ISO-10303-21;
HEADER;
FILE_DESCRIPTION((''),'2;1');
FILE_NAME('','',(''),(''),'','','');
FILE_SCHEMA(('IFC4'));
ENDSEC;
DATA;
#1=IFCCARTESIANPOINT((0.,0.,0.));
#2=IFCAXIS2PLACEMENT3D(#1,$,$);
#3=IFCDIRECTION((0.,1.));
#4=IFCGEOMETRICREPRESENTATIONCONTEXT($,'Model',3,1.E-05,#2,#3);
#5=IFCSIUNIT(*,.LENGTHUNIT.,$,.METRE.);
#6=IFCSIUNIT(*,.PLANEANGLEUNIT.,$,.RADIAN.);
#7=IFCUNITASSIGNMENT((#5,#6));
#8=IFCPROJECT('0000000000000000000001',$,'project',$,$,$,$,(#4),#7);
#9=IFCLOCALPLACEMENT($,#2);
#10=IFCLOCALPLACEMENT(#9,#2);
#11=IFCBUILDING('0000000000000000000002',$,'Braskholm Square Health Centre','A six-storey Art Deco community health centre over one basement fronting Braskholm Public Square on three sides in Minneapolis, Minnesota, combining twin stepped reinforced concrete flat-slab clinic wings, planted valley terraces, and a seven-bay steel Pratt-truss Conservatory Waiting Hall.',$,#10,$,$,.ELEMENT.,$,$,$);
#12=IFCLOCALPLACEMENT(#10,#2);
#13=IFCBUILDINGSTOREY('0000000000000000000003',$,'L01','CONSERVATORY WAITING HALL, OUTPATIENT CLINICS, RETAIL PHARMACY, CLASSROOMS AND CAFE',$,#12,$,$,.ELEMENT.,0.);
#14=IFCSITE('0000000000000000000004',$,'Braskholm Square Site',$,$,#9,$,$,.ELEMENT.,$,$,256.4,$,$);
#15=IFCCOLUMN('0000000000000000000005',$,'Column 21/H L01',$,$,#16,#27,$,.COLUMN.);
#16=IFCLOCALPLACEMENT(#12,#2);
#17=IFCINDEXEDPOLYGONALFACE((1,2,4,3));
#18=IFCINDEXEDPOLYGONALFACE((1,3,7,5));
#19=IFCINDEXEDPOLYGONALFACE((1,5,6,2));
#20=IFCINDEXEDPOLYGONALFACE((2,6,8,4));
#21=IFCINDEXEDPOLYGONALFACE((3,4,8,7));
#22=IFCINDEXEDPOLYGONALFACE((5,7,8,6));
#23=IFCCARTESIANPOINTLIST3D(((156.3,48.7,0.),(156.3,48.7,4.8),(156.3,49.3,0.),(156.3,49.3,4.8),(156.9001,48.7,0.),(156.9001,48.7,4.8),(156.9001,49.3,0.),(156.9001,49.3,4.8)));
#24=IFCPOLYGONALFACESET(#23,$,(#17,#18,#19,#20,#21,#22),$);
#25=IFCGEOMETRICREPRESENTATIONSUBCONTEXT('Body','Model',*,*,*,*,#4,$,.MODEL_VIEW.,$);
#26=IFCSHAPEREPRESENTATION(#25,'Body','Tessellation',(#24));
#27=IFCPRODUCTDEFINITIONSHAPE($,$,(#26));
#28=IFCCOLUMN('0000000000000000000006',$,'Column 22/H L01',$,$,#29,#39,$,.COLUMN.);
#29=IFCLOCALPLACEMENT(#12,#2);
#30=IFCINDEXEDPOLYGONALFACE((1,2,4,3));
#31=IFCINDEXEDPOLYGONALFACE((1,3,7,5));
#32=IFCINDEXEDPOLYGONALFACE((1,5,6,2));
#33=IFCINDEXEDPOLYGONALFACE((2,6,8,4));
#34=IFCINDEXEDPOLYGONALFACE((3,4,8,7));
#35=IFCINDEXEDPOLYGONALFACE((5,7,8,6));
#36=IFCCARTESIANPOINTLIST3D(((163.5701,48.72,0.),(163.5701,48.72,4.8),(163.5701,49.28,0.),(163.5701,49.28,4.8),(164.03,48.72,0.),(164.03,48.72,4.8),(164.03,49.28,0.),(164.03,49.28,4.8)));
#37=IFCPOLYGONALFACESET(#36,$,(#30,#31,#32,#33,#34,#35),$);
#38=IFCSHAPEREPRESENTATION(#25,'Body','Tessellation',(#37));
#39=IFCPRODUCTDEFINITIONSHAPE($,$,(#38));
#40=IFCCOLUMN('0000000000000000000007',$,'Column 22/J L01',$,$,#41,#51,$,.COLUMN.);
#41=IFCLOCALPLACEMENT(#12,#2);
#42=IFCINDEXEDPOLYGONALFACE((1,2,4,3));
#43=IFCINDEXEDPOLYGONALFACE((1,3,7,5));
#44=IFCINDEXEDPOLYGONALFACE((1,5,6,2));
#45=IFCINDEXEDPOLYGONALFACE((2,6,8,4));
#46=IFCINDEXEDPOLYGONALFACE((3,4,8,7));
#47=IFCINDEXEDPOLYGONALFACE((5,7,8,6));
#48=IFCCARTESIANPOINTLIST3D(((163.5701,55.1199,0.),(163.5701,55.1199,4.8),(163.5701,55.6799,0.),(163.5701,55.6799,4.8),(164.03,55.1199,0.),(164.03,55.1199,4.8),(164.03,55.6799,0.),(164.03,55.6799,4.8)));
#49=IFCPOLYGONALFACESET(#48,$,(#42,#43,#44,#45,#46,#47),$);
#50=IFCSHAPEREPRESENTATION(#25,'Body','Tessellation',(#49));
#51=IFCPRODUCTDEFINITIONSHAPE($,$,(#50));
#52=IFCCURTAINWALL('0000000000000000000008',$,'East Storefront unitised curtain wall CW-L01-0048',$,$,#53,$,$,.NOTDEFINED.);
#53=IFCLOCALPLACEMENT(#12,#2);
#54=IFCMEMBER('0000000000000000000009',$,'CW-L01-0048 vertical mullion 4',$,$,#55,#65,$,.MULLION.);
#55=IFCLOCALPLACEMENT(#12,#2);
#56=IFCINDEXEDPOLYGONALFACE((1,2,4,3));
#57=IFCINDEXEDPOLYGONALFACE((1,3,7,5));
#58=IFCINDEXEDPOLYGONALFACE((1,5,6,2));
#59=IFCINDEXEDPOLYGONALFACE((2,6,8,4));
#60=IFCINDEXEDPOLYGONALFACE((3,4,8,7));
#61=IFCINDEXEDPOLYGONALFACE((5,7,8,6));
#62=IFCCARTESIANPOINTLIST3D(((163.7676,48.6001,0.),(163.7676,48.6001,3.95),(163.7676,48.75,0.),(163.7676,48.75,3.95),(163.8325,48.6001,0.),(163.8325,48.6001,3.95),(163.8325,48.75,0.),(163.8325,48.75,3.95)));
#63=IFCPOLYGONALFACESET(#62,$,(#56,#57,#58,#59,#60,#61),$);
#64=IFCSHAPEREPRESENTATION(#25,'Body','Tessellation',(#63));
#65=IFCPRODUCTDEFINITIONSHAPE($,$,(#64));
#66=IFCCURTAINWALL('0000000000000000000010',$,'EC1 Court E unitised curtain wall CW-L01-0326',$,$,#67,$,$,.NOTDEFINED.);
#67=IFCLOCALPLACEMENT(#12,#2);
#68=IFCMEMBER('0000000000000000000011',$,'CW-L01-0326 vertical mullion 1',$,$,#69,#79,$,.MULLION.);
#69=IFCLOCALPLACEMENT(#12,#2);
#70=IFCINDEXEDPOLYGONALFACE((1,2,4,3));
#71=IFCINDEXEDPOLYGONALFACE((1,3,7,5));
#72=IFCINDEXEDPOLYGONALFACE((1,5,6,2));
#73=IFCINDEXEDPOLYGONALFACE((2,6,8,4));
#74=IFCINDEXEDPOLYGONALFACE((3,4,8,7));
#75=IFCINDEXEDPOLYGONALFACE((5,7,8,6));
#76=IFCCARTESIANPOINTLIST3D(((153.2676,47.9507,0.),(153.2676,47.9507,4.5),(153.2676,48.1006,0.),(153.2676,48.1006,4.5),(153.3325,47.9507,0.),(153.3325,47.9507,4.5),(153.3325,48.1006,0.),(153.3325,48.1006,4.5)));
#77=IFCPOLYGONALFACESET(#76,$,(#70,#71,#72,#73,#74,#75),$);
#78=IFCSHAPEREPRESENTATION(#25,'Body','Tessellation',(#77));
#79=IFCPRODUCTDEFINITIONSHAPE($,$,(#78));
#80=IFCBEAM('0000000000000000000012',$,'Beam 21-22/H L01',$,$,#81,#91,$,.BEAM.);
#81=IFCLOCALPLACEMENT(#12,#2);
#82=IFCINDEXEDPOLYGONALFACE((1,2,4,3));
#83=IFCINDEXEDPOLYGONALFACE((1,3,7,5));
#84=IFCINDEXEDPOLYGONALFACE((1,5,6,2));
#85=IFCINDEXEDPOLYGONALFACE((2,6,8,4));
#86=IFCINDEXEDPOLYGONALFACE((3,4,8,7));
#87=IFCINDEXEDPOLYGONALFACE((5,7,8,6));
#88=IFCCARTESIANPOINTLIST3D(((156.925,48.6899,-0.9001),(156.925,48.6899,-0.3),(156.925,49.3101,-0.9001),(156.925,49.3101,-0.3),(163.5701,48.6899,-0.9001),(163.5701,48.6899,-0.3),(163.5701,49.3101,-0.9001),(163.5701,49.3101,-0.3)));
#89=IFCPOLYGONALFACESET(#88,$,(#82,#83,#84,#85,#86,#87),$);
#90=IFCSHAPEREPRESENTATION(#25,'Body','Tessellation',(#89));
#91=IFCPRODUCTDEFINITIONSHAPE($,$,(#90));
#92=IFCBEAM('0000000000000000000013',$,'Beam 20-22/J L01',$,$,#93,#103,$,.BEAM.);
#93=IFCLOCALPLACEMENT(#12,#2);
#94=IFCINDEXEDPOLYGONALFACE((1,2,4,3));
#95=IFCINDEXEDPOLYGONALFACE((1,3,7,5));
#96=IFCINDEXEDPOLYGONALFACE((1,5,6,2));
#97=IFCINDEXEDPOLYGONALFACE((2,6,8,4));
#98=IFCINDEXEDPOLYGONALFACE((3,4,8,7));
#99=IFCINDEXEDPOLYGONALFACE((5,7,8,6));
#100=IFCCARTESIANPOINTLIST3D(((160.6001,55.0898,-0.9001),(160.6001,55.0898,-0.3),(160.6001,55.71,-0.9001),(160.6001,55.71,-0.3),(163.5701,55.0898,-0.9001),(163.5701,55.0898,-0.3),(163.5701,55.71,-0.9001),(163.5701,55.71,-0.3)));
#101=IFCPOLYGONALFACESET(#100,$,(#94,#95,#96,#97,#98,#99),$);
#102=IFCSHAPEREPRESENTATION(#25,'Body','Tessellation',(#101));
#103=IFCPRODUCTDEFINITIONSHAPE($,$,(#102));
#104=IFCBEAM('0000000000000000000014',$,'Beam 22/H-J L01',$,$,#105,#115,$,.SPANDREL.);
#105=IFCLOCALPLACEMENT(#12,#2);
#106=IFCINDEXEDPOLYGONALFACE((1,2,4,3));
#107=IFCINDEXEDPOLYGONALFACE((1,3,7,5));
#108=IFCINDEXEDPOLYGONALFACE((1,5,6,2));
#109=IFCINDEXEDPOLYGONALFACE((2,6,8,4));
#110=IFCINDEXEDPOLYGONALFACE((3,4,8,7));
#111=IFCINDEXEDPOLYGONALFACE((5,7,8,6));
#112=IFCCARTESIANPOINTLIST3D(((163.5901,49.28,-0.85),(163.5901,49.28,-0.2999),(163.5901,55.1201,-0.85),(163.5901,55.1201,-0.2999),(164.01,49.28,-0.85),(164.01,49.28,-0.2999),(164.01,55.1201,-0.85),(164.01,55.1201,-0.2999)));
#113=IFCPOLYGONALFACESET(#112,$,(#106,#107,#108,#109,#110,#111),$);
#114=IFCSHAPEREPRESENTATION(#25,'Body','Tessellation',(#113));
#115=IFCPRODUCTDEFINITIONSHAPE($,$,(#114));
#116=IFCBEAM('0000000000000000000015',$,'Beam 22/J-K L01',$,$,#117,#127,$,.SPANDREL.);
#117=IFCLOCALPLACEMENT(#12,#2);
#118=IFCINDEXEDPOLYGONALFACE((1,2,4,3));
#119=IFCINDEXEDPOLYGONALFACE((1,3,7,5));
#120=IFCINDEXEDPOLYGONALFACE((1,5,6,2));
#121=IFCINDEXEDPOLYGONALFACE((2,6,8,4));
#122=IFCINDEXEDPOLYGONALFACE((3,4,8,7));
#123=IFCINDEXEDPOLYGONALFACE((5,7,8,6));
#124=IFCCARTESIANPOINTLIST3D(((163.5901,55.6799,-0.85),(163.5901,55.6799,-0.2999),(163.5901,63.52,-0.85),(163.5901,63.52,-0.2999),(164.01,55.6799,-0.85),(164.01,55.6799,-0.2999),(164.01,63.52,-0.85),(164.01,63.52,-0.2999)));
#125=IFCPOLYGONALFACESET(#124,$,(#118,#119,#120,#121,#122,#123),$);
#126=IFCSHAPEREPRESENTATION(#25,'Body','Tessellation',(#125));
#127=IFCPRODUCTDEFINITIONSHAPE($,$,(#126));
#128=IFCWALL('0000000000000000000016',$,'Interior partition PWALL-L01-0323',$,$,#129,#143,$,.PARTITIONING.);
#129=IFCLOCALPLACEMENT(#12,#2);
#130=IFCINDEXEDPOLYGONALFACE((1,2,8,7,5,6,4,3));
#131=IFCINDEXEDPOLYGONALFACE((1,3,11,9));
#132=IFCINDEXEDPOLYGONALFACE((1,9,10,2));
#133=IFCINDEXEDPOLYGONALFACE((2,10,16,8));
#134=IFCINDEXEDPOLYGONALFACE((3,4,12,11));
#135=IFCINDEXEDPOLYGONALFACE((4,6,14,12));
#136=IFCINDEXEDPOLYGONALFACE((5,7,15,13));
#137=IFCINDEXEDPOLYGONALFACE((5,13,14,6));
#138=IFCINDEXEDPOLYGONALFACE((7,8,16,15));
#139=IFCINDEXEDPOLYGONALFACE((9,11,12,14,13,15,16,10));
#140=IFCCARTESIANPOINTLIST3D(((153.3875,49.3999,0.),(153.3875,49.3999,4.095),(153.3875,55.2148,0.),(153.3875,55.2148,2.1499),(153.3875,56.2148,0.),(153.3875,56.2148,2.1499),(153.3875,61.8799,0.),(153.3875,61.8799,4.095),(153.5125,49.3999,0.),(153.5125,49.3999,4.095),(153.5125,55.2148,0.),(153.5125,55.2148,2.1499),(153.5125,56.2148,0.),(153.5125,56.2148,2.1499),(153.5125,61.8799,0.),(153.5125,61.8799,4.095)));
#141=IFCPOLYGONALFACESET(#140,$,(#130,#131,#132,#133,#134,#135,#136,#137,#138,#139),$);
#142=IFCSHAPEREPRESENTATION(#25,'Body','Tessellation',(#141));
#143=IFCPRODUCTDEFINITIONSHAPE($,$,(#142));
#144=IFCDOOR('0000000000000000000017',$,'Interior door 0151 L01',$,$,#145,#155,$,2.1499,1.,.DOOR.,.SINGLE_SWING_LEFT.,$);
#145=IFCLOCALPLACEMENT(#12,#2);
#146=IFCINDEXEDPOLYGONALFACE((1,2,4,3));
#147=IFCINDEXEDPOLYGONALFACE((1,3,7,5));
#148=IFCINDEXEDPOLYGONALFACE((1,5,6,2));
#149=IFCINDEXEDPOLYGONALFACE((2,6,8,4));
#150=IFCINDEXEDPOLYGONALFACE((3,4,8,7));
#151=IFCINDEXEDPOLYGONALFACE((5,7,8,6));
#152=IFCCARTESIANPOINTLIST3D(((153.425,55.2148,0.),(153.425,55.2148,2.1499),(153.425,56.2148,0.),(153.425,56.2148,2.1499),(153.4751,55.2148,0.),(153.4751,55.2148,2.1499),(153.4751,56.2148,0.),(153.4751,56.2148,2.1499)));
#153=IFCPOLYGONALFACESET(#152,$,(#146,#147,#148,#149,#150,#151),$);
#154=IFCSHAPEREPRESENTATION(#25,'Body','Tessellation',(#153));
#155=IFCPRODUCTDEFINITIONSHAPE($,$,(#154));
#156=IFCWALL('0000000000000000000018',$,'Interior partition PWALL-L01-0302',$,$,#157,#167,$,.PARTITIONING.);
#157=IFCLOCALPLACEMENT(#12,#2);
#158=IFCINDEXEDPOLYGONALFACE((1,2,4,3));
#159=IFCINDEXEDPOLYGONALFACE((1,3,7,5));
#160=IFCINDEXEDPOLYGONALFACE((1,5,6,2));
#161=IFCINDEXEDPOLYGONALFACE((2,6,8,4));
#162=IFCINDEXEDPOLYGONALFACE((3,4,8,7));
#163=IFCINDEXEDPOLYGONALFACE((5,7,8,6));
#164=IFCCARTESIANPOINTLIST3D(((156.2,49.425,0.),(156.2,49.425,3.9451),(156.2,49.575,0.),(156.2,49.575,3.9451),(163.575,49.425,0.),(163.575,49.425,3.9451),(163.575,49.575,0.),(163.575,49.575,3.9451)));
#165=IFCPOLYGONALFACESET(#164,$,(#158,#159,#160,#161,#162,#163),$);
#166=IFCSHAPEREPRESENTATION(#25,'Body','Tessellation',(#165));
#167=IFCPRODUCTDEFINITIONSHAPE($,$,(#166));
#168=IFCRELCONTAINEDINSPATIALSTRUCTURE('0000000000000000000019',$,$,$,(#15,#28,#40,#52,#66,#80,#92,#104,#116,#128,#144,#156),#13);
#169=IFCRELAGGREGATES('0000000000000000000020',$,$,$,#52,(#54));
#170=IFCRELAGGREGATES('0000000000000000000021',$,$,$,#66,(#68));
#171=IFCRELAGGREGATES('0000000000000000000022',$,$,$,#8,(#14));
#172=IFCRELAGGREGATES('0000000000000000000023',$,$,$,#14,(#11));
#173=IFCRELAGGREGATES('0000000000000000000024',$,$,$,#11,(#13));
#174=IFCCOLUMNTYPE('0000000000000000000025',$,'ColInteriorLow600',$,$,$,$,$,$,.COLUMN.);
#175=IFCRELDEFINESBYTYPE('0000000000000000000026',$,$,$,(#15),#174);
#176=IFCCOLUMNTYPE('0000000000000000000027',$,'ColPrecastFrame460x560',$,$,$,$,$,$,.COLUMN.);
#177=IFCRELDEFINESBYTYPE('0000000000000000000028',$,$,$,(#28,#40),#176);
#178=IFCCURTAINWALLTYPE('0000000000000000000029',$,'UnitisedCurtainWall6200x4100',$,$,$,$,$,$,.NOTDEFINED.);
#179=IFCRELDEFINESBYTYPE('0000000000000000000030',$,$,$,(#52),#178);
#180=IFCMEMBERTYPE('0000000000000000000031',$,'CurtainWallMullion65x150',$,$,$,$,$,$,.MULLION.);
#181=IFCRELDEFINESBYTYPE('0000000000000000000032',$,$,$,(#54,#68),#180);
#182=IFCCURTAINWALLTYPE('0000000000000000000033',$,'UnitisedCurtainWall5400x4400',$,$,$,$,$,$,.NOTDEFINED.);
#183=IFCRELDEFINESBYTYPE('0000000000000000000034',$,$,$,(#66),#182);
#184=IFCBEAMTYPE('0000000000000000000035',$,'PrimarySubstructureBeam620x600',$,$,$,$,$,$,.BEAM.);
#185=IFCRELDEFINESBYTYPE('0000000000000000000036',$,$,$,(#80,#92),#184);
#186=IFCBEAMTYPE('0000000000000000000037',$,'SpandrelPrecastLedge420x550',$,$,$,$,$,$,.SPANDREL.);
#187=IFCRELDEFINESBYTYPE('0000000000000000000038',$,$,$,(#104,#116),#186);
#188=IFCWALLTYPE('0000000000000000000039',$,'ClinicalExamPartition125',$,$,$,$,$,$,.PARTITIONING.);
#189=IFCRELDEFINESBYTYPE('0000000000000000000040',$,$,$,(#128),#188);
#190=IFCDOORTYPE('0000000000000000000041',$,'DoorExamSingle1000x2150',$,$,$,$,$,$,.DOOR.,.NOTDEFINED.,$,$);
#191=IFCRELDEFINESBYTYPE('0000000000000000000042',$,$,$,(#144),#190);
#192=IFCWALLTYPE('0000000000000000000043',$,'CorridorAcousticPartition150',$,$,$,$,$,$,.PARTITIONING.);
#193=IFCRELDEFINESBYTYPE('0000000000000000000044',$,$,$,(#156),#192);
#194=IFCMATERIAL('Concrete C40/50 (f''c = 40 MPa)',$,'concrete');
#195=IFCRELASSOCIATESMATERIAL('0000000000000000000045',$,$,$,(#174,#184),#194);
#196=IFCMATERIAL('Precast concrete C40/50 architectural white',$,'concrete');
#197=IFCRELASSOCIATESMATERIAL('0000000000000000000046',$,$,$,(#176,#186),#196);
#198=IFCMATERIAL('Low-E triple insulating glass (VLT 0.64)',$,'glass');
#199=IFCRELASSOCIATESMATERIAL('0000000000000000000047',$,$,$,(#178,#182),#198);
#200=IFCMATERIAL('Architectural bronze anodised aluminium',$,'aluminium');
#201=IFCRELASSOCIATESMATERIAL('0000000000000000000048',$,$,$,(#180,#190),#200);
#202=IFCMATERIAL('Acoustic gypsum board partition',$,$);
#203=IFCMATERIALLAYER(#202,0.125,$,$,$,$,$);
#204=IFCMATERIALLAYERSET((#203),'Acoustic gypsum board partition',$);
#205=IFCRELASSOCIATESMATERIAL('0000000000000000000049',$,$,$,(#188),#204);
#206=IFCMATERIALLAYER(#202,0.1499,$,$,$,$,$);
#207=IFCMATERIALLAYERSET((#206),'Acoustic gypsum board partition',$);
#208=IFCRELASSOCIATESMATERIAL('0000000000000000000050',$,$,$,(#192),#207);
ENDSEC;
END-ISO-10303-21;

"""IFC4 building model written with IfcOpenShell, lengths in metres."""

from ifc_helpers import new_model, si_unit, direction, frame, frame_2d, origin, origin_with_axes, origin_2d, place, context, subcontext, project, spatial, rectangle, extrude, material, layer, layer_set, material_profile, profile_set, type_object, element, fill, aggregate, save


model = new_model("IFC4")

# Units and contexts
model_context = context("Model", 3, precision=1e-05, world=origin(), true_north=direction((0.0, 1.0)))
body_context = subcontext(model_context, "Body", "Model", "MODEL_VIEW")
ifc_project = project(units=[si_unit("LENGTHUNIT", "METRE"), si_unit("PLANEANGLEUNIT", "RADIAN")], contexts=[model_context])

# Site, building, storey
site_placement = place(None, origin())
site = spatial("IfcSite", under=ifc_project, at=site_placement, Name="Braskholm Square Site", CompositionType="ELEMENT", RefElevation=256.4)
building_placement = place(site_placement, origin())
building = spatial("IfcBuilding", under=site, at=building_placement, Name="Braskholm Square Health Centre", Description="A six-storey Art Deco community health centre over one basement fronting Braskholm Public Square on three sides in Minneapolis, Minnesota, combining twin stepped reinforced concrete flat-slab clinic wings, planted valley terraces, and a seven-bay steel Pratt-truss Conservatory Waiting Hall.", CompositionType="ELEMENT")
storey_placement = place(building_placement, origin())
storey = spatial("IfcBuildingStorey", under=building, at=storey_placement, Name="L01", Description="CONSERVATORY WAITING HALL, OUTPATIENT CLINICS, RETAIL PHARMACY, CLASSROOMS AND CAFE", CompositionType="ELEMENT", Elevation=0.0)

# Columns
ifc_material_1 = material(Name="Concrete C40/50 (f'c = 40 MPa)", Category="concrete")
ifc_material_profile_1 = material_profile(ifc_material_1, rectangle(XDim=0.6001, YDim=0.6001, at=origin_2d()), Name="RC-600X600")
ifc_profile_set_1 = profile_set([ifc_material_profile_1], Name="Concrete C40/50 (f'c = 40 MPa)")
column_type_1 = type_object("IfcColumnType", Name="ColInteriorLow600", PredefinedType="COLUMN", material=ifc_profile_set_1)
column_placement = place(storey_placement, frame((156.6001, 49.0, 0.0), z_axis=(0.0, 0.0, 1.0), x_axis=(1.0, 0.0, 0.0)))
element("IfcColumn", 1, at=column_placement, inside=storey, type_object=column_type_1, Name="Column 21/H L01", PredefinedType="COLUMN", context=body_context, shape_type="SweptSolid", body=[
    extrude(rectangle(XDim=0.6001, YDim=0.6001, at=origin_2d()), origin(), (0.0, 0.0, 1.0), 4.8),
])
ifc_material_2 = material(Name="Precast concrete C40/50 architectural white", Category="concrete")
ifc_material_profile_2 = material_profile(ifc_material_2, rectangle(XDim=0.46, YDim=0.5601, at=origin_2d()), Name="RC-460X560")
ifc_profile_set_2 = profile_set([ifc_material_profile_2], Name="Precast concrete C40/50 architectural white")
column_type_2 = type_object("IfcColumnType", Name="ColPrecastFrame460x560", PredefinedType="COLUMN", material=ifc_profile_set_2)
for number, where, z_axis, x_axis, name in (
    (2, (163.8, 49.0, 0.0), (0.0, 0.0, 1.0), (1.0, 0.0, 0.0), "Column 22/H L01"),
    (3, (163.8, 55.3999, 0.0), (0.0, 0.0, 1.0), (1.0, 0.0, 0.0), "Column 22/J L01"),
):
    element("IfcColumn", number, at=place(storey_placement, frame(where, z_axis=z_axis, x_axis=x_axis)), inside=storey, type_object=column_type_2, Name=name, PredefinedType="COLUMN", context=body_context, shape_type="SweptSolid", body=[
        extrude(rectangle(XDim=0.46, YDim=0.5601, at=origin_2d()), origin(), (0.0, 0.0, 1.0), 4.8),
    ])

# Curtain walls, members
ifc_material_3 = material(Name="Low-E triple insulating glass (VLT 0.64)", Category="glass")
curtain_wall_type_1 = type_object("IfcCurtainWallType", Name="UnitisedCurtainWall6200x4100", PredefinedType="NOTDEFINED", material=ifc_material_3)
curtain_wall_1_placement = place(storey_placement, origin())
curtain_wall_1 = element("IfcCurtainWall", 4, at=curtain_wall_1_placement, inside=storey, type_object=curtain_wall_type_1, Name="East Storefront unitised curtain wall CW-L01-0048", PredefinedType="NOTDEFINED")
ifc_material_4 = material(Name="Architectural bronze anodised aluminium", Category="aluminium")
ifc_material_profile_3 = material_profile(ifc_material_4, rectangle(XDim=0.0649, YDim=0.1499, at=origin_2d()), Name="ALU-65X150")
ifc_profile_set_3 = profile_set([ifc_material_profile_3], Name="Architectural bronze anodised aluminium")
member_type = type_object("IfcMemberType", Name="CurtainWallMullion65x150", PredefinedType="MULLION", material=ifc_profile_set_3)
member_1_placement = place(storey_placement, frame((163.8, 48.675, 0.0), z_axis=(0.0, 0.0, 1.0), x_axis=(1.0, 0.0, 0.0)))
member_1 = element("IfcMember", 5, at=member_1_placement, type_object=member_type, Name="CW-L01-0048 vertical mullion 4", PredefinedType="MULLION", context=body_context, shape_type="SweptSolid", body=[
    extrude(rectangle(XDim=0.0649, YDim=0.1499, at=origin_2d()), origin(), (0.0, 0.0, 1.0), 3.95),
])
aggregate(curtain_wall_1, [member_1])
curtain_wall_type_2 = type_object("IfcCurtainWallType", Name="UnitisedCurtainWall5400x4400", PredefinedType="NOTDEFINED", material=ifc_material_3)
curtain_wall_2_placement = place(storey_placement, origin())
curtain_wall_2 = element("IfcCurtainWall", 6, at=curtain_wall_2_placement, inside=storey, type_object=curtain_wall_type_2, Name="EC1 Court E unitised curtain wall CW-L01-0326", PredefinedType="NOTDEFINED")
member_2_placement = place(storey_placement, frame((153.3, 48.0256, 0.0), z_axis=(0.0, 0.0, 1.0), x_axis=(1.0, 0.0, 0.0)))
member_2 = element("IfcMember", 7, at=member_2_placement, type_object=member_type, Name="CW-L01-0326 vertical mullion 1", PredefinedType="MULLION", context=body_context, shape_type="SweptSolid", body=[
    extrude(rectangle(XDim=0.0649, YDim=0.1499, at=origin_2d()), origin(), (0.0, 0.0, 1.0), 4.5),
])
aggregate(curtain_wall_2, [member_2])

# Beams
ifc_material_profile_4 = material_profile(ifc_material_1, rectangle(XDim=0.6201, YDim=0.6001, at=origin_2d()), Name="RCB-620X600")
ifc_profile_set_4 = profile_set([ifc_material_profile_4], Name="Concrete C40/50 (f'c = 40 MPa)")
beam_type_1 = type_object("IfcBeamType", Name="PrimarySubstructureBeam620x600", PredefinedType="BEAM", material=ifc_profile_set_4)
beam_1_placement = place(storey_placement, frame((156.925, 49.0, -0.6001), z_axis=(1.0, 0.0, 0.0), x_axis=(0.0, 1.0, 0.0)))
element("IfcBeam", 8, at=beam_1_placement, inside=storey, type_object=beam_type_1, Name="Beam 21-22/H L01", PredefinedType="BEAM", context=body_context, shape_type="SweptSolid", body=[
    extrude(rectangle(XDim=0.6201, YDim=0.6001, at=origin_2d()), origin(), (0.0, 0.0, 1.0), 6.645),
])
beam_2_placement = place(storey_placement, frame((160.6001, 55.3999, -0.6001), z_axis=(1.0, 0.0, 0.0), x_axis=(0.0, 1.0, 0.0)))
element("IfcBeam", 9, at=beam_2_placement, inside=storey, type_object=beam_type_1, Name="Beam 20-22/J L01", PredefinedType="BEAM", context=body_context, shape_type="SweptSolid", body=[
    extrude(rectangle(XDim=0.6201, YDim=0.6001, at=origin_2d()), origin(), (0.0, 0.0, 1.0), 2.97),
])
ifc_material_profile_5 = material_profile(ifc_material_2, rectangle(XDim=0.4199, YDim=0.55, at=origin_2d()), Name="RCB-420X550")
ifc_profile_set_5 = profile_set([ifc_material_profile_5], Name="Precast concrete C40/50 architectural white")
beam_type_2 = type_object("IfcBeamType", Name="SpandrelPrecastLedge420x550", PredefinedType="SPANDREL", material=ifc_profile_set_5)
beam_3_placement = place(storey_placement, frame((163.8, 49.28, -0.575), z_axis=(0.0, 1.0, 0.0), x_axis=(-1.0, 0.0, 0.0)))
element("IfcBeam", 10, at=beam_3_placement, inside=storey, type_object=beam_type_2, Name="Beam 22/H-J L01", PredefinedType="SPANDREL", context=body_context, shape_type="SweptSolid", body=[
    extrude(rectangle(XDim=0.4199, YDim=0.55, at=origin_2d()), origin(), (0.0, 0.0, 1.0), 5.8401),
])
beam_4_placement = place(storey_placement, frame((163.8, 55.6799, -0.575), z_axis=(0.0, 1.0, 0.0), x_axis=(-1.0, 0.0, 0.0)))
element("IfcBeam", 11, at=beam_4_placement, inside=storey, type_object=beam_type_2, Name="Beam 22/J-K L01", PredefinedType="SPANDREL", context=body_context, shape_type="SweptSolid", body=[
    extrude(rectangle(XDim=0.4199, YDim=0.55, at=origin_2d()), origin(), (0.0, 0.0, 1.0), 7.8401),
])

# Wall, opening, door
ifc_material_5 = material(Name="Acoustic gypsum board partition")
ifc_layer_1 = layer(ifc_material_5, 0.125)
ifc_layer_set_1 = layer_set([ifc_layer_1], Name="Acoustic gypsum board partition")
wall_type_1 = type_object("IfcWallType", Name="ClinicalExamPartition125", PredefinedType="PARTITIONING", material=ifc_layer_set_1)
wall_1_placement = place(storey_placement, frame((153.45, 49.3999, 0.0), z_axis=(0.0, 0.0, 1.0), x_axis=(0.0, 1.0, 0.0)))
wall_1 = element("IfcWall", 12, at=wall_1_placement, inside=storey, type_object=wall_type_1, Name="Interior partition PWALL-L01-0323", PredefinedType="PARTITIONING", context=body_context, shape_type="SweptSolid", body=[
    extrude(rectangle(XDim=12.48, YDim=0.125, at=frame_2d((6.24, 0.0))), origin(), (0.0, 0.0, 1.0), 4.095),
])
opening_1_placement = place(wall_1_placement, frame((5.8149, 0.0, 0.0)))
opening_1 = element("IfcOpeningElement", 13, at=opening_1_placement, cuts=wall_1, PredefinedType="OPENING", context=body_context, shape_type="SweptSolid", body=[
    extrude(rectangle(XDim=1.0, YDim=2.1499, at=frame_2d((0.5, 1.075))), frame((0.0, 0.0725, 0.0), z_axis=(0.0, -1.0, 0.0), x_axis=(1.0, 0.0, 0.0)), (0.0, 0.0, 1.0), 0.145),
])
door_type_1 = type_object("IfcDoorType", Name="DoorExamSingle1000x2150", OperationType="NOTDEFINED", PredefinedType="DOOR", material=ifc_material_4)
door_1_placement = place(opening_1_placement, origin_with_axes())
door_1 = element("IfcDoor", 14, at=door_1_placement, inside=storey, type_object=door_type_1, Name="Interior door 0151 L01", OperationType="SINGLE_SWING_LEFT", OverallHeight=2.1499, OverallWidth=1.0, PredefinedType="DOOR", context=body_context, shape_type="SweptSolid", body=[
    extrude(rectangle(XDim=1.0, YDim=2.1499, at=frame_2d((0.5, 1.075))), frame((0.0, 0.0249, 0.0), z_axis=(0.0, -1.0, 0.0), x_axis=(1.0, 0.0, 0.0)), (0.0, 0.0, 1.0), 0.05),
])
fill(opening_1, door_1)

# Wall
ifc_layer_2 = layer(ifc_material_5, 0.1499)
ifc_layer_set_2 = layer_set([ifc_layer_2], Name="Acoustic gypsum board partition")
wall_type_2 = type_object("IfcWallType", Name="CorridorAcousticPartition150", PredefinedType="PARTITIONING", material=ifc_layer_set_2)
wall_2_placement = place(storey_placement, frame((156.2, 49.5, 0.0), z_axis=(0.0, 0.0, 1.0), x_axis=(1.0, 0.0, 0.0)))
element("IfcWall", 15, at=wall_2_placement, inside=storey, type_object=wall_type_2, Name="Interior partition PWALL-L01-0302", PredefinedType="PARTITIONING", context=body_context, shape_type="SweptSolid", body=[
    extrude(rectangle(XDim=7.375, YDim=0.1499, at=frame_2d((3.6875, 0.0))), origin(), (0.0, 0.0, 1.0), 3.9451),
])

save(model, "model.ifc")
